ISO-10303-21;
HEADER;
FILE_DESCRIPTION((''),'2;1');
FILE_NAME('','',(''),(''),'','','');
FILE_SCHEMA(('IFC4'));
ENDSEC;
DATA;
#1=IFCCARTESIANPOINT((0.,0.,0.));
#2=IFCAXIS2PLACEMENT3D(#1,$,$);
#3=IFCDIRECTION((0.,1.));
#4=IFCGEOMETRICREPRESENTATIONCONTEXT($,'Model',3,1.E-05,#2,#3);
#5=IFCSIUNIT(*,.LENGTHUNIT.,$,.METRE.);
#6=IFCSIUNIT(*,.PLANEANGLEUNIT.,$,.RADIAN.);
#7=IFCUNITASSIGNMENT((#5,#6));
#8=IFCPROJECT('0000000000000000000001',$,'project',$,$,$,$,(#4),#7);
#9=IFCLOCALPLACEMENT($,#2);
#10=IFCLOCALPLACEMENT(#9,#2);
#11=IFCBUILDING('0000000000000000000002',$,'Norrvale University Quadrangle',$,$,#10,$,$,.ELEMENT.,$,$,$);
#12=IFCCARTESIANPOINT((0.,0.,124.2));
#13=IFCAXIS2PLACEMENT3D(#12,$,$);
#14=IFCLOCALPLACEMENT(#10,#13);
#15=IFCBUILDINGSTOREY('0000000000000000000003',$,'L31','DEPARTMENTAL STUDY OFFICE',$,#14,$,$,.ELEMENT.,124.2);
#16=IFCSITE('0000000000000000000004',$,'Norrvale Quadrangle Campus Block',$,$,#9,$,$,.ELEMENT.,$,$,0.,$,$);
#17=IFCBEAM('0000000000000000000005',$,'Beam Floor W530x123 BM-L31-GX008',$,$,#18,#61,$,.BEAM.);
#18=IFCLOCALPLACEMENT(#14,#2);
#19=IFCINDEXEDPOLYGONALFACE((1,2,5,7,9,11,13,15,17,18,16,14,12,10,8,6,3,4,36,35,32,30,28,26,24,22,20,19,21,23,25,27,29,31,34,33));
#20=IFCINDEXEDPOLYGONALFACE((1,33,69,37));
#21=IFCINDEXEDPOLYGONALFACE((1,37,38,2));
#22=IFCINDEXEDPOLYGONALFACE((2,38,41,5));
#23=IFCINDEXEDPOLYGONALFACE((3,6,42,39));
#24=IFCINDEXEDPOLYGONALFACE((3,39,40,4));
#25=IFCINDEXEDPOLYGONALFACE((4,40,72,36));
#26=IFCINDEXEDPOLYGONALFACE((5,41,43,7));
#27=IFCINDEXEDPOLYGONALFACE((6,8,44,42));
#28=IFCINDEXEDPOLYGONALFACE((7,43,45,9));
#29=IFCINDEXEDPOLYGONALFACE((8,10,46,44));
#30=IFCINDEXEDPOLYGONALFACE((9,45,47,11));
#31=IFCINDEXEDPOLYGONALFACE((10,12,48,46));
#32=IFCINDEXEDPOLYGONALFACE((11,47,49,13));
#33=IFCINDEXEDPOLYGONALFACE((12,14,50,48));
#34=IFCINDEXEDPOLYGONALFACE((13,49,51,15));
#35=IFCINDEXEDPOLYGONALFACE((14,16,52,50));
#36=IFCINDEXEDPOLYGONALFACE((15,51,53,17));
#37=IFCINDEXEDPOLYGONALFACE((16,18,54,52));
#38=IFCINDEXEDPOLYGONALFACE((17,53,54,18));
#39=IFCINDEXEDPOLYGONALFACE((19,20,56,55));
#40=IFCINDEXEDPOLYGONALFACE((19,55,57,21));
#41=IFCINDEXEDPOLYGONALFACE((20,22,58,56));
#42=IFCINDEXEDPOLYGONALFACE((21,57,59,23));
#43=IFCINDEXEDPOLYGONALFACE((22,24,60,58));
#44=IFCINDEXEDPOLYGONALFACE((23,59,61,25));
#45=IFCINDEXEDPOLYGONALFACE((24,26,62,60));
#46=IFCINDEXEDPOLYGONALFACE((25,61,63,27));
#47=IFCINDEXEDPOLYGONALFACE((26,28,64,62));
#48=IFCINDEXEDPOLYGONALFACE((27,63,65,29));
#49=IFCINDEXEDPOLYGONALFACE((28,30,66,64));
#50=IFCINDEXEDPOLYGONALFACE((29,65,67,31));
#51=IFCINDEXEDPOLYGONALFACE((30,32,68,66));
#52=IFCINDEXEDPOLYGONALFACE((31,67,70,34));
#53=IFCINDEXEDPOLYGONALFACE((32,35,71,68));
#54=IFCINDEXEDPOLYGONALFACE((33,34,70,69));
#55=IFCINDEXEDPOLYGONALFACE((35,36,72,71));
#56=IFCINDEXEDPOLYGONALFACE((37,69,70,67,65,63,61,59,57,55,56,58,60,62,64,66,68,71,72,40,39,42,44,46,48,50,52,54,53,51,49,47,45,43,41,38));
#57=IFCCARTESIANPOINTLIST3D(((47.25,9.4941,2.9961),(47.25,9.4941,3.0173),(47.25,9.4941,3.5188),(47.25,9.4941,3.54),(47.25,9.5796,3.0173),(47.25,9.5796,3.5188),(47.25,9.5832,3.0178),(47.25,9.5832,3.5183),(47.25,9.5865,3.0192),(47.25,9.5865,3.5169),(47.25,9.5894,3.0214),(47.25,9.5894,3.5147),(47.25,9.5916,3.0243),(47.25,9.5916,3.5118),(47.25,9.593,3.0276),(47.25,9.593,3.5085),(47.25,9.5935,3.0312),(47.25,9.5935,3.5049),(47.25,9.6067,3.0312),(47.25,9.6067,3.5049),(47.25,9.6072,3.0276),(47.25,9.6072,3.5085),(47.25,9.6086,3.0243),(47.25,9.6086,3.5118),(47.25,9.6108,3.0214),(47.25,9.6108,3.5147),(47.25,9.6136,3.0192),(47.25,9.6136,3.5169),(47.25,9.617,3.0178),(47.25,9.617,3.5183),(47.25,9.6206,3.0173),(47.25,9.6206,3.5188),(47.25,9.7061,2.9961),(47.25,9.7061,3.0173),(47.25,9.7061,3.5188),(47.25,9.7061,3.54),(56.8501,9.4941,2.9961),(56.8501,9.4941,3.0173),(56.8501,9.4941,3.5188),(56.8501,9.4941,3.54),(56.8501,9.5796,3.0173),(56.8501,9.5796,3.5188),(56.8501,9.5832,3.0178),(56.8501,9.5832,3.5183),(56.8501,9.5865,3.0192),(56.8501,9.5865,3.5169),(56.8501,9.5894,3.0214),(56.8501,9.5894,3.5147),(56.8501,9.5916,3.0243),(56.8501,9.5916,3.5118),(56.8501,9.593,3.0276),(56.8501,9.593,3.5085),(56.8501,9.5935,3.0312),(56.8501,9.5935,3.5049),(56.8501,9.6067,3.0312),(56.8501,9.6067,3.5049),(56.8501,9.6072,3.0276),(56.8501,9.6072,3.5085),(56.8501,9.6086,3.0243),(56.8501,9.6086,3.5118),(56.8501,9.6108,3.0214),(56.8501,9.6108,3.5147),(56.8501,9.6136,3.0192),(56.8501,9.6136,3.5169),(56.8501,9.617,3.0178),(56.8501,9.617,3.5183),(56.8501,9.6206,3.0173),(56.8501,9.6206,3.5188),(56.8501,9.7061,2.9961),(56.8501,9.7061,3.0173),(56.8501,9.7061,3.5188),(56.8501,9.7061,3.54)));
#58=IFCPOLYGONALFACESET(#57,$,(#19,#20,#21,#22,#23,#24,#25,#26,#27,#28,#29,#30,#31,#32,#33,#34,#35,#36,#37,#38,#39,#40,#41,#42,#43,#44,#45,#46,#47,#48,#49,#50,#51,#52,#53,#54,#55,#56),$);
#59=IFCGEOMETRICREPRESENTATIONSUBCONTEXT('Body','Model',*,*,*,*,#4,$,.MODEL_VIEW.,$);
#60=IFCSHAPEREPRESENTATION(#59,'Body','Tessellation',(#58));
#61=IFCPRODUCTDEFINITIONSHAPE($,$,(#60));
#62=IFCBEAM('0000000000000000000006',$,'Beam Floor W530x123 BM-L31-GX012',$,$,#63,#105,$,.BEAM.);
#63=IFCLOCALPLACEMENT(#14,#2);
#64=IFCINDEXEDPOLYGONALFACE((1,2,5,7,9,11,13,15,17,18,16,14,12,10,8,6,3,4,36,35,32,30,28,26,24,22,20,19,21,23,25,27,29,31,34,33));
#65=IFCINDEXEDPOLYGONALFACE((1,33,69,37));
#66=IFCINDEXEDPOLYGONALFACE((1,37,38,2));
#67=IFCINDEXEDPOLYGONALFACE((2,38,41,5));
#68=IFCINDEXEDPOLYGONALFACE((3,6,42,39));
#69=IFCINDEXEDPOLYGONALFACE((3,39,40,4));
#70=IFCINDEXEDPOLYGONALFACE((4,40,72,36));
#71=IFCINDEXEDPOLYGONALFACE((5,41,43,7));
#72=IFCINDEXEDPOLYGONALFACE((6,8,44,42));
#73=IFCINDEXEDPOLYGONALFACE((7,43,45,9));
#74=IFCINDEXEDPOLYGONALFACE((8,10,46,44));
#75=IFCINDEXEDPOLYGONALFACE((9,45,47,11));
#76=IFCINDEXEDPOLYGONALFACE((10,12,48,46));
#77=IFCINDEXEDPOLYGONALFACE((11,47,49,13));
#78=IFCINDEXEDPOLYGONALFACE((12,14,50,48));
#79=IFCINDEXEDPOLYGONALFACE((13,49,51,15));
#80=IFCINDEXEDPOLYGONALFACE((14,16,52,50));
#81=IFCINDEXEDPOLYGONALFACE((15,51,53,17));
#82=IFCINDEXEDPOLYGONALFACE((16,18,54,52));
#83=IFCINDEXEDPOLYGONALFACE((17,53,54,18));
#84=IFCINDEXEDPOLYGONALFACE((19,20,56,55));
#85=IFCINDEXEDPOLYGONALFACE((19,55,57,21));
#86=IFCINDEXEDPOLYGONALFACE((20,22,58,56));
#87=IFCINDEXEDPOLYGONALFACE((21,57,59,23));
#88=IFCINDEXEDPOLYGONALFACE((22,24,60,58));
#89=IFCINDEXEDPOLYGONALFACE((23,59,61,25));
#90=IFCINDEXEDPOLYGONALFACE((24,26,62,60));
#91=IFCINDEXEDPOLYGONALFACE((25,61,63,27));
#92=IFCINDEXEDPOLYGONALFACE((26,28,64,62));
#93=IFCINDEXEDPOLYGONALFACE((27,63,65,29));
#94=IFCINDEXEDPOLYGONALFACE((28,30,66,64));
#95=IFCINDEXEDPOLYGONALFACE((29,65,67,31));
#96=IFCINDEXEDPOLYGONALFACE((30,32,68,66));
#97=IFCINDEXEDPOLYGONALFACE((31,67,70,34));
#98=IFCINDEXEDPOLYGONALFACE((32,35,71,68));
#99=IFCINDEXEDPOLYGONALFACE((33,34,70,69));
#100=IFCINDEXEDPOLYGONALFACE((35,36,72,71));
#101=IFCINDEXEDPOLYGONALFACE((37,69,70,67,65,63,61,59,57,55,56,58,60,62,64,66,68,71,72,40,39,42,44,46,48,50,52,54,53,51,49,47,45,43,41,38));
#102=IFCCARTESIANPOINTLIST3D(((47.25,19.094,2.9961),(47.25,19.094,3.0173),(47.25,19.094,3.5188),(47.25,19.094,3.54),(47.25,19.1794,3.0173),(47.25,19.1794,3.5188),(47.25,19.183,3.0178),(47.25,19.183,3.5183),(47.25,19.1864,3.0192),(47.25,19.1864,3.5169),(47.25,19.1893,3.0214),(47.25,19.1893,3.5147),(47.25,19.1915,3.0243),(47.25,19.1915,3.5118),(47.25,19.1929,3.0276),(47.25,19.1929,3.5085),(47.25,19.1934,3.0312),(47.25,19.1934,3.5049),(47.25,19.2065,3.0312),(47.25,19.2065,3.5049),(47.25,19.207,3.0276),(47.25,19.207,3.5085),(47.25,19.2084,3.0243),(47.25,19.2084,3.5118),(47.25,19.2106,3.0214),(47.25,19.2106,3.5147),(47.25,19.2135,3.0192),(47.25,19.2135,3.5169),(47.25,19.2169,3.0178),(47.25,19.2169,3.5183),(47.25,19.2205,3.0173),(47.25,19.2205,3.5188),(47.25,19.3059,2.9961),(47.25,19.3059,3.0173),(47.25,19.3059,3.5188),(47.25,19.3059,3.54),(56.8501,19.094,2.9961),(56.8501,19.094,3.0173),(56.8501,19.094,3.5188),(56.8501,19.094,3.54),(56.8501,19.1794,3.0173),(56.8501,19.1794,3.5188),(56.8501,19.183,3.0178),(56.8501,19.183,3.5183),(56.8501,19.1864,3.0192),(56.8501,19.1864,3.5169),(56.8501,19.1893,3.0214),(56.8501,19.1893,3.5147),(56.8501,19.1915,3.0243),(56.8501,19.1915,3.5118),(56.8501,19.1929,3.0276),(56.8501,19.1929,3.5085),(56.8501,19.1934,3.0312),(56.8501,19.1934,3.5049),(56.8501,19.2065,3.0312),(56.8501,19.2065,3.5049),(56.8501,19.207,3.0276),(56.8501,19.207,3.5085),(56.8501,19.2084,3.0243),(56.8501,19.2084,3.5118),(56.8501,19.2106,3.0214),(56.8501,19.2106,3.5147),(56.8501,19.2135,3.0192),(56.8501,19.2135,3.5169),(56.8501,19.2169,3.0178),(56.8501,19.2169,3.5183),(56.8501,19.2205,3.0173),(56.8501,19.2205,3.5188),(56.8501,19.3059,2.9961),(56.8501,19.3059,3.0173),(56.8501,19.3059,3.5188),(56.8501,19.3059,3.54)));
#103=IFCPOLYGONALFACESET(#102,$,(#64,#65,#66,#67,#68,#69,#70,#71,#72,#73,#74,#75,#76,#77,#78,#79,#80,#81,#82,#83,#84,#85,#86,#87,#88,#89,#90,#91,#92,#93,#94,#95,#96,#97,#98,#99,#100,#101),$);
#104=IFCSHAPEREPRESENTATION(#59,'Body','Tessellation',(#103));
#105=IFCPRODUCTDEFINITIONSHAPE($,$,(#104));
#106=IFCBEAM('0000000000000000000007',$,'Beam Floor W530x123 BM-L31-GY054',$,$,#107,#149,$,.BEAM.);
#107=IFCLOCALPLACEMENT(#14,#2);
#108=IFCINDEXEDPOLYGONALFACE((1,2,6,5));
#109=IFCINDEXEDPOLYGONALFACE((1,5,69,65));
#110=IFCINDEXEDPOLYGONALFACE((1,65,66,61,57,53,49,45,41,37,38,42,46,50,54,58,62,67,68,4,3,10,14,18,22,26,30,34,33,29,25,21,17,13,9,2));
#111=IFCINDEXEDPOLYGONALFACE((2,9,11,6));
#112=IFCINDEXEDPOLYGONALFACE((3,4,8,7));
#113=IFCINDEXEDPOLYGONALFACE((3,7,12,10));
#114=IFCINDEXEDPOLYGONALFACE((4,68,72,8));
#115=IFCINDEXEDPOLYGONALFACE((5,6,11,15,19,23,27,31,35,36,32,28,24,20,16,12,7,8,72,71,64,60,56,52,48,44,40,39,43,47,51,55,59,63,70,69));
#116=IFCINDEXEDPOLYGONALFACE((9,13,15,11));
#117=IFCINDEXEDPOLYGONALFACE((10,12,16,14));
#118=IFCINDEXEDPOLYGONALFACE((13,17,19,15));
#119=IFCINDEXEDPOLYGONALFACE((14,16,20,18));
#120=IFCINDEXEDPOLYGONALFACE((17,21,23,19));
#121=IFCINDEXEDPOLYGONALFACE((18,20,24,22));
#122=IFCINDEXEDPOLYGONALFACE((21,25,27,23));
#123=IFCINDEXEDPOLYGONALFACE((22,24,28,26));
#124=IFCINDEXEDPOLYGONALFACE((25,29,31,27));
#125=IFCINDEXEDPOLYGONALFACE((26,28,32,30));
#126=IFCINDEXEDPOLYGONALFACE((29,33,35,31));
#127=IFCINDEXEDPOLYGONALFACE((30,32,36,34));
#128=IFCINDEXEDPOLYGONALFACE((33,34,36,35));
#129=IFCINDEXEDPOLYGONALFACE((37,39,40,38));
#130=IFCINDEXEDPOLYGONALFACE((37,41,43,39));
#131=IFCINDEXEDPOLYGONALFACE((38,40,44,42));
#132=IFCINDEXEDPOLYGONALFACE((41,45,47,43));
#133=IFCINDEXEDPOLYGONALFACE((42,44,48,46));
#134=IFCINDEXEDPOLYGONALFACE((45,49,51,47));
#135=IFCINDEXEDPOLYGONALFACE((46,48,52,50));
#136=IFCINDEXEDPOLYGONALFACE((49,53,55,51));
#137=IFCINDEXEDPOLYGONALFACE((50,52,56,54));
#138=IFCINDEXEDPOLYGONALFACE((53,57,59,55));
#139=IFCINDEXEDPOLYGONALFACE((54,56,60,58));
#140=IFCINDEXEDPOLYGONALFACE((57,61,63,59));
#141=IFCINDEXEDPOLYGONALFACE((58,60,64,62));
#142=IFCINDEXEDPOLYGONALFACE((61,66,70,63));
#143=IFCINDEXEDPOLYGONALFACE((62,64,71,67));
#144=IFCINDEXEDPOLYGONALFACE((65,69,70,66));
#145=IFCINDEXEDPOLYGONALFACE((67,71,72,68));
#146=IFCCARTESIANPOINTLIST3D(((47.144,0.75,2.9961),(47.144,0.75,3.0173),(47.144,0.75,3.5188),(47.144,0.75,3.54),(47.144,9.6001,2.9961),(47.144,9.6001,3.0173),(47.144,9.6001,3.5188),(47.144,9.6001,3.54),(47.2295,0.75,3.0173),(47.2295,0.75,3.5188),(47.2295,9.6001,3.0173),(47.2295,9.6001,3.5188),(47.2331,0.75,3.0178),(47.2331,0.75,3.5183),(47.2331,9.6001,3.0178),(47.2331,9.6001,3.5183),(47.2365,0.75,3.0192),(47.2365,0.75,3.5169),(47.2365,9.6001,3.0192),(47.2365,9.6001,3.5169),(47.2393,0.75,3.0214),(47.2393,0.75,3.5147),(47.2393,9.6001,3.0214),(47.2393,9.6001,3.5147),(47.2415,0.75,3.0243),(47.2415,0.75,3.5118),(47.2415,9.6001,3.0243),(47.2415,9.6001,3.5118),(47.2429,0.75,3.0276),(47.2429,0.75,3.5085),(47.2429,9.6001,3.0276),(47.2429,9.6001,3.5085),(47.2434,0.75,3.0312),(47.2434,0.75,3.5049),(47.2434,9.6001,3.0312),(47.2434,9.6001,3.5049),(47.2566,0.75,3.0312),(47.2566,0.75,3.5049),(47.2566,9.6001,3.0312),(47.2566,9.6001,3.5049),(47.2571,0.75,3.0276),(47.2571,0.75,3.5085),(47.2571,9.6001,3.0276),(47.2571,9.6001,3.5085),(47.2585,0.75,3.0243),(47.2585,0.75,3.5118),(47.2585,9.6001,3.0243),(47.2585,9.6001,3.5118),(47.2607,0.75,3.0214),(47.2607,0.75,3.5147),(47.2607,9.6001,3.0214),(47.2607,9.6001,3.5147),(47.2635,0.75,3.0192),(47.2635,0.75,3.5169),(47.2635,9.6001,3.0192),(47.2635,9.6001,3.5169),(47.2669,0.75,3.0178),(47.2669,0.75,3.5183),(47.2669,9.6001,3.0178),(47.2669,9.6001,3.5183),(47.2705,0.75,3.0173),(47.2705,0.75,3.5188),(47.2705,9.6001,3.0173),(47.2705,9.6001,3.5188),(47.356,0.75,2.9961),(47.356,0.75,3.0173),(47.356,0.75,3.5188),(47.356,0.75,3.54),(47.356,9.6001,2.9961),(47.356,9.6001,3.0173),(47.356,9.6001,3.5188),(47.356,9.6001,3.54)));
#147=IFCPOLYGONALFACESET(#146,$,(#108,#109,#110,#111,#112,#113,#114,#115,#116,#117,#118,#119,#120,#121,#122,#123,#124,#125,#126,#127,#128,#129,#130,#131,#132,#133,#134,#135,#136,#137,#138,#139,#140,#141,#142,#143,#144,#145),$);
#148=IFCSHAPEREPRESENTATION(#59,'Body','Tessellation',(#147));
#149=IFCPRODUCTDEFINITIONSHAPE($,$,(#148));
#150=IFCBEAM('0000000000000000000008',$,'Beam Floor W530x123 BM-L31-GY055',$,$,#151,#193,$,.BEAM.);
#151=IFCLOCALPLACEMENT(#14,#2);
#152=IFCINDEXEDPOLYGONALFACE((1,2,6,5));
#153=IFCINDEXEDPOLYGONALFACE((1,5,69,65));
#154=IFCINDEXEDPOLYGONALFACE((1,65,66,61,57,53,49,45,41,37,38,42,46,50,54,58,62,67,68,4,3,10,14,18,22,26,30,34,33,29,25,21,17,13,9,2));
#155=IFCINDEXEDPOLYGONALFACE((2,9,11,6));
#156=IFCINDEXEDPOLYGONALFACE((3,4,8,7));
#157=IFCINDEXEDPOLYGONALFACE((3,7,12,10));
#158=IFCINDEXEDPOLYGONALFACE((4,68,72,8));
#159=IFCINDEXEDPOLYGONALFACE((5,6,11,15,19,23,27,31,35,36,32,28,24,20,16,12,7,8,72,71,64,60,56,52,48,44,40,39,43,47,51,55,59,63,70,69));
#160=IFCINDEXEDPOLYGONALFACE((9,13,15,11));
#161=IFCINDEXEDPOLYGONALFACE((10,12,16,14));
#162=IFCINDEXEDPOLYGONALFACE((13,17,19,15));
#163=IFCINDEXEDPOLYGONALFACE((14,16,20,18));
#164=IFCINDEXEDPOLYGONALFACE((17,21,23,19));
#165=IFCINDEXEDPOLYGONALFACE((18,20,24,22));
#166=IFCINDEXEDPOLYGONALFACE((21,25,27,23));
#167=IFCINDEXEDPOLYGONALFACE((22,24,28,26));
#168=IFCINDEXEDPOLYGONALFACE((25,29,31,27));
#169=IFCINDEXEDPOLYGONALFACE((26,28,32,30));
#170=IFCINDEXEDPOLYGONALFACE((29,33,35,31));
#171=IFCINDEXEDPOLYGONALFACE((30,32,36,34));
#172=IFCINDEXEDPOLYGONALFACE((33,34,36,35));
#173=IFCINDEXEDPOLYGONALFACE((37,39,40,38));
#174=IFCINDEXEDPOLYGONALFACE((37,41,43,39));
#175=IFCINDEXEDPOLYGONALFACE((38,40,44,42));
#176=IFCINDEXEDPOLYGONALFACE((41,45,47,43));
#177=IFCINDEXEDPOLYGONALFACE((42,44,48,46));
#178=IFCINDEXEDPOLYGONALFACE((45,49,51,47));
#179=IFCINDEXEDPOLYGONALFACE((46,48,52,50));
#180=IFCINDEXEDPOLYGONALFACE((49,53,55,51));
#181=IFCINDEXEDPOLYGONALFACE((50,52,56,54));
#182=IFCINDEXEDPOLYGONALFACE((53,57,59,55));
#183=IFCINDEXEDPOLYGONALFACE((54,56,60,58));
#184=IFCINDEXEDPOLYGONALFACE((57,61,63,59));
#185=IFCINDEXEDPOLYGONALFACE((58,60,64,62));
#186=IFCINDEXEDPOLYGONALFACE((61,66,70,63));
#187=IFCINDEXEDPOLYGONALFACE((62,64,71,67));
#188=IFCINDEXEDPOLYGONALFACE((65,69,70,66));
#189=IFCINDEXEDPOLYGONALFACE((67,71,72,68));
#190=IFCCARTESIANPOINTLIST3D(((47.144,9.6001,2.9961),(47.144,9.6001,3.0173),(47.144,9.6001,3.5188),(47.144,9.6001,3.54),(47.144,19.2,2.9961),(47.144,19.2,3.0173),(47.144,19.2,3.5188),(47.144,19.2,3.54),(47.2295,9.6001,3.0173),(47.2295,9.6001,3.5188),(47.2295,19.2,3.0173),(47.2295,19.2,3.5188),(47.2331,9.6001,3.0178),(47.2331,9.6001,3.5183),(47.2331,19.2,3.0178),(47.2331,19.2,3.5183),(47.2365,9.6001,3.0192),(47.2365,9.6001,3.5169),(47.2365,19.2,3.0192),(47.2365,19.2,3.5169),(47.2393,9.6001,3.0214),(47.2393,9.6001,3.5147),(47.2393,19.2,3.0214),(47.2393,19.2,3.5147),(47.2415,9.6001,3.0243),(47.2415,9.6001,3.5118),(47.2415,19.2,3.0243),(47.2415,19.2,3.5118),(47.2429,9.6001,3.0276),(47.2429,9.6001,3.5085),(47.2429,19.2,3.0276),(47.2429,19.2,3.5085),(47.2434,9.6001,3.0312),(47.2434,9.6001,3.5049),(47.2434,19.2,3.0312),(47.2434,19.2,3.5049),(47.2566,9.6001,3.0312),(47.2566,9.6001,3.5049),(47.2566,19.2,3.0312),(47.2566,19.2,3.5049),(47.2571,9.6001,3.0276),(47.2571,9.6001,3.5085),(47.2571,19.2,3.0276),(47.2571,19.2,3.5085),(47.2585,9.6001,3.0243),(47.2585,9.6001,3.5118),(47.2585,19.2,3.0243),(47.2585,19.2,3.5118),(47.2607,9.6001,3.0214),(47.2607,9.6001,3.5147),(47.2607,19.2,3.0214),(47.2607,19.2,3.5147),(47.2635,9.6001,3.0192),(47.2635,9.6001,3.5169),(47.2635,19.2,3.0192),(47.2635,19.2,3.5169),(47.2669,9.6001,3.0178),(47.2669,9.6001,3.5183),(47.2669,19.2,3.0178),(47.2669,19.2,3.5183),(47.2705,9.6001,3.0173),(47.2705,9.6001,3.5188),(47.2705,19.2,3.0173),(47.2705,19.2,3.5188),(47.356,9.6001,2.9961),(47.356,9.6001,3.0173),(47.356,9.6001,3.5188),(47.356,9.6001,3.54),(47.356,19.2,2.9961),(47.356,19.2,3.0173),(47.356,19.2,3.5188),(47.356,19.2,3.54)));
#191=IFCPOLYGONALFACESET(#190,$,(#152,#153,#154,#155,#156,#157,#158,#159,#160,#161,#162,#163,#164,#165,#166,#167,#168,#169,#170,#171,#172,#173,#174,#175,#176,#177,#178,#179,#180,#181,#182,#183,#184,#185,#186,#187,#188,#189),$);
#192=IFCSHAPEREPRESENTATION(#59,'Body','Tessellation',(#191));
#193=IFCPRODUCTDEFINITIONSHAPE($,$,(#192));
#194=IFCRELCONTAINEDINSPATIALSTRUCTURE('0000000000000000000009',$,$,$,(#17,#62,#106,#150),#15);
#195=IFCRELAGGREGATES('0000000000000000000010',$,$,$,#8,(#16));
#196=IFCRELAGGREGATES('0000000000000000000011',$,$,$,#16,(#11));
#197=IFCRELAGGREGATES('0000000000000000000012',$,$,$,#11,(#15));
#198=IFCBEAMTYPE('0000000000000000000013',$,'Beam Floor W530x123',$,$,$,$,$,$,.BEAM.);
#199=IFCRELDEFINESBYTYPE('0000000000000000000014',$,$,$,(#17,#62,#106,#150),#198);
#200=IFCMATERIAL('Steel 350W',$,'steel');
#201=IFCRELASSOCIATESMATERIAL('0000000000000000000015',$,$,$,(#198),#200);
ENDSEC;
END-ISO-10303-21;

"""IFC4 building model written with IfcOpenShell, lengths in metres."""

from ifc_helpers import new_model, si_unit, direction, frame, origin, origin_2d, place, context, subcontext, project, spatial, i_section, extrude, material, material_profile, profile_set, type_object, element, save


model = new_model("IFC4")

# Units and contexts
model_context = context("Model", 3, precision=1e-05, world=origin(), true_north=direction((0.0, 1.0)))
body_context = subcontext(model_context, "Body", "Model", "MODEL_VIEW")
ifc_project = project(units=[si_unit("LENGTHUNIT", "METRE"), si_unit("PLANEANGLEUNIT", "RADIAN")], contexts=[model_context])

# Site, building, storey
site_placement = place(None, origin())
site = spatial("IfcSite", under=ifc_project, at=site_placement, Name="Norrvale Quadrangle Campus Block", CompositionType="ELEMENT", RefElevation=0.0)
building_placement = place(site_placement, origin())
building = spatial("IfcBuilding", under=site, at=building_placement, Name="Norrvale University Quadrangle", CompositionType="ELEMENT")
storey_placement = place(building_placement, frame((0.0, 0.0, 124.2)))
storey = spatial("IfcBuildingStorey", under=building, at=storey_placement, Name="L31", Description="DEPARTMENTAL STUDY OFFICE", CompositionType="ELEMENT", Elevation=124.2)

# Beams
ifc_material_1 = material(Name="Steel 350W", Category="steel")
ifc_material_profile_1 = material_profile(ifc_material_1, i_section(OverallWidth=0.2119, OverallDepth=0.5439, WebThickness=0.0132, FlangeThickness=0.0212, FilletRadius=0.0139, at=origin_2d()), Name="Steel 350W")
ifc_profile_set_1 = profile_set([ifc_material_profile_1], Name="Steel 350W")
beam_type_1 = type_object("IfcBeamType", Name="Beam Floor W530x123", PredefinedType="BEAM", material=ifc_profile_set_1)
for number, where, z_axis, x_axis, name in (
    (1, (47.25, 9.6001, 3.2681), (1.0, 0.0, 0.0), (0.0, 1.0, 0.0), "Beam Floor W530x123 BM-L31-GX008"),
    (2, (47.25, 19.2, 3.2681), (1.0, 0.0, 0.0), (0.0, 1.0, 0.0), "Beam Floor W530x123 BM-L31-GX012"),
):
    element("IfcBeam", number, at=place(storey_placement, frame(where, z_axis=z_axis, x_axis=x_axis)), inside=storey, type_object=beam_type_1, Name=name, PredefinedType="BEAM", context=body_context, shape_type="SweptSolid", body=[
        extrude(i_section(OverallWidth=0.2119, OverallDepth=0.5439, WebThickness=0.0132, FlangeThickness=0.0212, FilletRadius=0.0139, at=origin_2d()), origin(), (0.0, 0.0, 1.0), 9.6001),
    ])
beam_1_placement = place(storey_placement, frame((47.25, 0.75, 3.2681), z_axis=(0.0, 1.0, 0.0), x_axis=(-1.0, 0.0, 0.0)))
element("IfcBeam", 3, at=beam_1_placement, inside=storey, type_object=beam_type_1, Name="Beam Floor W530x123 BM-L31-GY054", PredefinedType="BEAM", context=body_context, shape_type="SweptSolid", body=[
    extrude(i_section(OverallWidth=0.2119, OverallDepth=0.5439, WebThickness=0.0132, FlangeThickness=0.0212, FilletRadius=0.0139, at=origin_2d()), origin(), (0.0, 0.0, 1.0), 8.8501),
])
beam_2_placement = place(storey_placement, frame((47.25, 9.6001, 3.2681), z_axis=(0.0, 1.0, 0.0), x_axis=(-1.0, 0.0, 0.0)))
element("IfcBeam", 4, at=beam_2_placement, inside=storey, type_object=beam_type_1, Name="Beam Floor W530x123 BM-L31-GY055", PredefinedType="BEAM", context=body_context, shape_type="SweptSolid", body=[
    extrude(i_section(OverallWidth=0.2119, OverallDepth=0.5439, WebThickness=0.0132, FlangeThickness=0.0212, FilletRadius=0.0139, at=origin_2d()), origin(), (0.0, 0.0, 1.0), 9.5999),
])

save(model, "model.ifc")
